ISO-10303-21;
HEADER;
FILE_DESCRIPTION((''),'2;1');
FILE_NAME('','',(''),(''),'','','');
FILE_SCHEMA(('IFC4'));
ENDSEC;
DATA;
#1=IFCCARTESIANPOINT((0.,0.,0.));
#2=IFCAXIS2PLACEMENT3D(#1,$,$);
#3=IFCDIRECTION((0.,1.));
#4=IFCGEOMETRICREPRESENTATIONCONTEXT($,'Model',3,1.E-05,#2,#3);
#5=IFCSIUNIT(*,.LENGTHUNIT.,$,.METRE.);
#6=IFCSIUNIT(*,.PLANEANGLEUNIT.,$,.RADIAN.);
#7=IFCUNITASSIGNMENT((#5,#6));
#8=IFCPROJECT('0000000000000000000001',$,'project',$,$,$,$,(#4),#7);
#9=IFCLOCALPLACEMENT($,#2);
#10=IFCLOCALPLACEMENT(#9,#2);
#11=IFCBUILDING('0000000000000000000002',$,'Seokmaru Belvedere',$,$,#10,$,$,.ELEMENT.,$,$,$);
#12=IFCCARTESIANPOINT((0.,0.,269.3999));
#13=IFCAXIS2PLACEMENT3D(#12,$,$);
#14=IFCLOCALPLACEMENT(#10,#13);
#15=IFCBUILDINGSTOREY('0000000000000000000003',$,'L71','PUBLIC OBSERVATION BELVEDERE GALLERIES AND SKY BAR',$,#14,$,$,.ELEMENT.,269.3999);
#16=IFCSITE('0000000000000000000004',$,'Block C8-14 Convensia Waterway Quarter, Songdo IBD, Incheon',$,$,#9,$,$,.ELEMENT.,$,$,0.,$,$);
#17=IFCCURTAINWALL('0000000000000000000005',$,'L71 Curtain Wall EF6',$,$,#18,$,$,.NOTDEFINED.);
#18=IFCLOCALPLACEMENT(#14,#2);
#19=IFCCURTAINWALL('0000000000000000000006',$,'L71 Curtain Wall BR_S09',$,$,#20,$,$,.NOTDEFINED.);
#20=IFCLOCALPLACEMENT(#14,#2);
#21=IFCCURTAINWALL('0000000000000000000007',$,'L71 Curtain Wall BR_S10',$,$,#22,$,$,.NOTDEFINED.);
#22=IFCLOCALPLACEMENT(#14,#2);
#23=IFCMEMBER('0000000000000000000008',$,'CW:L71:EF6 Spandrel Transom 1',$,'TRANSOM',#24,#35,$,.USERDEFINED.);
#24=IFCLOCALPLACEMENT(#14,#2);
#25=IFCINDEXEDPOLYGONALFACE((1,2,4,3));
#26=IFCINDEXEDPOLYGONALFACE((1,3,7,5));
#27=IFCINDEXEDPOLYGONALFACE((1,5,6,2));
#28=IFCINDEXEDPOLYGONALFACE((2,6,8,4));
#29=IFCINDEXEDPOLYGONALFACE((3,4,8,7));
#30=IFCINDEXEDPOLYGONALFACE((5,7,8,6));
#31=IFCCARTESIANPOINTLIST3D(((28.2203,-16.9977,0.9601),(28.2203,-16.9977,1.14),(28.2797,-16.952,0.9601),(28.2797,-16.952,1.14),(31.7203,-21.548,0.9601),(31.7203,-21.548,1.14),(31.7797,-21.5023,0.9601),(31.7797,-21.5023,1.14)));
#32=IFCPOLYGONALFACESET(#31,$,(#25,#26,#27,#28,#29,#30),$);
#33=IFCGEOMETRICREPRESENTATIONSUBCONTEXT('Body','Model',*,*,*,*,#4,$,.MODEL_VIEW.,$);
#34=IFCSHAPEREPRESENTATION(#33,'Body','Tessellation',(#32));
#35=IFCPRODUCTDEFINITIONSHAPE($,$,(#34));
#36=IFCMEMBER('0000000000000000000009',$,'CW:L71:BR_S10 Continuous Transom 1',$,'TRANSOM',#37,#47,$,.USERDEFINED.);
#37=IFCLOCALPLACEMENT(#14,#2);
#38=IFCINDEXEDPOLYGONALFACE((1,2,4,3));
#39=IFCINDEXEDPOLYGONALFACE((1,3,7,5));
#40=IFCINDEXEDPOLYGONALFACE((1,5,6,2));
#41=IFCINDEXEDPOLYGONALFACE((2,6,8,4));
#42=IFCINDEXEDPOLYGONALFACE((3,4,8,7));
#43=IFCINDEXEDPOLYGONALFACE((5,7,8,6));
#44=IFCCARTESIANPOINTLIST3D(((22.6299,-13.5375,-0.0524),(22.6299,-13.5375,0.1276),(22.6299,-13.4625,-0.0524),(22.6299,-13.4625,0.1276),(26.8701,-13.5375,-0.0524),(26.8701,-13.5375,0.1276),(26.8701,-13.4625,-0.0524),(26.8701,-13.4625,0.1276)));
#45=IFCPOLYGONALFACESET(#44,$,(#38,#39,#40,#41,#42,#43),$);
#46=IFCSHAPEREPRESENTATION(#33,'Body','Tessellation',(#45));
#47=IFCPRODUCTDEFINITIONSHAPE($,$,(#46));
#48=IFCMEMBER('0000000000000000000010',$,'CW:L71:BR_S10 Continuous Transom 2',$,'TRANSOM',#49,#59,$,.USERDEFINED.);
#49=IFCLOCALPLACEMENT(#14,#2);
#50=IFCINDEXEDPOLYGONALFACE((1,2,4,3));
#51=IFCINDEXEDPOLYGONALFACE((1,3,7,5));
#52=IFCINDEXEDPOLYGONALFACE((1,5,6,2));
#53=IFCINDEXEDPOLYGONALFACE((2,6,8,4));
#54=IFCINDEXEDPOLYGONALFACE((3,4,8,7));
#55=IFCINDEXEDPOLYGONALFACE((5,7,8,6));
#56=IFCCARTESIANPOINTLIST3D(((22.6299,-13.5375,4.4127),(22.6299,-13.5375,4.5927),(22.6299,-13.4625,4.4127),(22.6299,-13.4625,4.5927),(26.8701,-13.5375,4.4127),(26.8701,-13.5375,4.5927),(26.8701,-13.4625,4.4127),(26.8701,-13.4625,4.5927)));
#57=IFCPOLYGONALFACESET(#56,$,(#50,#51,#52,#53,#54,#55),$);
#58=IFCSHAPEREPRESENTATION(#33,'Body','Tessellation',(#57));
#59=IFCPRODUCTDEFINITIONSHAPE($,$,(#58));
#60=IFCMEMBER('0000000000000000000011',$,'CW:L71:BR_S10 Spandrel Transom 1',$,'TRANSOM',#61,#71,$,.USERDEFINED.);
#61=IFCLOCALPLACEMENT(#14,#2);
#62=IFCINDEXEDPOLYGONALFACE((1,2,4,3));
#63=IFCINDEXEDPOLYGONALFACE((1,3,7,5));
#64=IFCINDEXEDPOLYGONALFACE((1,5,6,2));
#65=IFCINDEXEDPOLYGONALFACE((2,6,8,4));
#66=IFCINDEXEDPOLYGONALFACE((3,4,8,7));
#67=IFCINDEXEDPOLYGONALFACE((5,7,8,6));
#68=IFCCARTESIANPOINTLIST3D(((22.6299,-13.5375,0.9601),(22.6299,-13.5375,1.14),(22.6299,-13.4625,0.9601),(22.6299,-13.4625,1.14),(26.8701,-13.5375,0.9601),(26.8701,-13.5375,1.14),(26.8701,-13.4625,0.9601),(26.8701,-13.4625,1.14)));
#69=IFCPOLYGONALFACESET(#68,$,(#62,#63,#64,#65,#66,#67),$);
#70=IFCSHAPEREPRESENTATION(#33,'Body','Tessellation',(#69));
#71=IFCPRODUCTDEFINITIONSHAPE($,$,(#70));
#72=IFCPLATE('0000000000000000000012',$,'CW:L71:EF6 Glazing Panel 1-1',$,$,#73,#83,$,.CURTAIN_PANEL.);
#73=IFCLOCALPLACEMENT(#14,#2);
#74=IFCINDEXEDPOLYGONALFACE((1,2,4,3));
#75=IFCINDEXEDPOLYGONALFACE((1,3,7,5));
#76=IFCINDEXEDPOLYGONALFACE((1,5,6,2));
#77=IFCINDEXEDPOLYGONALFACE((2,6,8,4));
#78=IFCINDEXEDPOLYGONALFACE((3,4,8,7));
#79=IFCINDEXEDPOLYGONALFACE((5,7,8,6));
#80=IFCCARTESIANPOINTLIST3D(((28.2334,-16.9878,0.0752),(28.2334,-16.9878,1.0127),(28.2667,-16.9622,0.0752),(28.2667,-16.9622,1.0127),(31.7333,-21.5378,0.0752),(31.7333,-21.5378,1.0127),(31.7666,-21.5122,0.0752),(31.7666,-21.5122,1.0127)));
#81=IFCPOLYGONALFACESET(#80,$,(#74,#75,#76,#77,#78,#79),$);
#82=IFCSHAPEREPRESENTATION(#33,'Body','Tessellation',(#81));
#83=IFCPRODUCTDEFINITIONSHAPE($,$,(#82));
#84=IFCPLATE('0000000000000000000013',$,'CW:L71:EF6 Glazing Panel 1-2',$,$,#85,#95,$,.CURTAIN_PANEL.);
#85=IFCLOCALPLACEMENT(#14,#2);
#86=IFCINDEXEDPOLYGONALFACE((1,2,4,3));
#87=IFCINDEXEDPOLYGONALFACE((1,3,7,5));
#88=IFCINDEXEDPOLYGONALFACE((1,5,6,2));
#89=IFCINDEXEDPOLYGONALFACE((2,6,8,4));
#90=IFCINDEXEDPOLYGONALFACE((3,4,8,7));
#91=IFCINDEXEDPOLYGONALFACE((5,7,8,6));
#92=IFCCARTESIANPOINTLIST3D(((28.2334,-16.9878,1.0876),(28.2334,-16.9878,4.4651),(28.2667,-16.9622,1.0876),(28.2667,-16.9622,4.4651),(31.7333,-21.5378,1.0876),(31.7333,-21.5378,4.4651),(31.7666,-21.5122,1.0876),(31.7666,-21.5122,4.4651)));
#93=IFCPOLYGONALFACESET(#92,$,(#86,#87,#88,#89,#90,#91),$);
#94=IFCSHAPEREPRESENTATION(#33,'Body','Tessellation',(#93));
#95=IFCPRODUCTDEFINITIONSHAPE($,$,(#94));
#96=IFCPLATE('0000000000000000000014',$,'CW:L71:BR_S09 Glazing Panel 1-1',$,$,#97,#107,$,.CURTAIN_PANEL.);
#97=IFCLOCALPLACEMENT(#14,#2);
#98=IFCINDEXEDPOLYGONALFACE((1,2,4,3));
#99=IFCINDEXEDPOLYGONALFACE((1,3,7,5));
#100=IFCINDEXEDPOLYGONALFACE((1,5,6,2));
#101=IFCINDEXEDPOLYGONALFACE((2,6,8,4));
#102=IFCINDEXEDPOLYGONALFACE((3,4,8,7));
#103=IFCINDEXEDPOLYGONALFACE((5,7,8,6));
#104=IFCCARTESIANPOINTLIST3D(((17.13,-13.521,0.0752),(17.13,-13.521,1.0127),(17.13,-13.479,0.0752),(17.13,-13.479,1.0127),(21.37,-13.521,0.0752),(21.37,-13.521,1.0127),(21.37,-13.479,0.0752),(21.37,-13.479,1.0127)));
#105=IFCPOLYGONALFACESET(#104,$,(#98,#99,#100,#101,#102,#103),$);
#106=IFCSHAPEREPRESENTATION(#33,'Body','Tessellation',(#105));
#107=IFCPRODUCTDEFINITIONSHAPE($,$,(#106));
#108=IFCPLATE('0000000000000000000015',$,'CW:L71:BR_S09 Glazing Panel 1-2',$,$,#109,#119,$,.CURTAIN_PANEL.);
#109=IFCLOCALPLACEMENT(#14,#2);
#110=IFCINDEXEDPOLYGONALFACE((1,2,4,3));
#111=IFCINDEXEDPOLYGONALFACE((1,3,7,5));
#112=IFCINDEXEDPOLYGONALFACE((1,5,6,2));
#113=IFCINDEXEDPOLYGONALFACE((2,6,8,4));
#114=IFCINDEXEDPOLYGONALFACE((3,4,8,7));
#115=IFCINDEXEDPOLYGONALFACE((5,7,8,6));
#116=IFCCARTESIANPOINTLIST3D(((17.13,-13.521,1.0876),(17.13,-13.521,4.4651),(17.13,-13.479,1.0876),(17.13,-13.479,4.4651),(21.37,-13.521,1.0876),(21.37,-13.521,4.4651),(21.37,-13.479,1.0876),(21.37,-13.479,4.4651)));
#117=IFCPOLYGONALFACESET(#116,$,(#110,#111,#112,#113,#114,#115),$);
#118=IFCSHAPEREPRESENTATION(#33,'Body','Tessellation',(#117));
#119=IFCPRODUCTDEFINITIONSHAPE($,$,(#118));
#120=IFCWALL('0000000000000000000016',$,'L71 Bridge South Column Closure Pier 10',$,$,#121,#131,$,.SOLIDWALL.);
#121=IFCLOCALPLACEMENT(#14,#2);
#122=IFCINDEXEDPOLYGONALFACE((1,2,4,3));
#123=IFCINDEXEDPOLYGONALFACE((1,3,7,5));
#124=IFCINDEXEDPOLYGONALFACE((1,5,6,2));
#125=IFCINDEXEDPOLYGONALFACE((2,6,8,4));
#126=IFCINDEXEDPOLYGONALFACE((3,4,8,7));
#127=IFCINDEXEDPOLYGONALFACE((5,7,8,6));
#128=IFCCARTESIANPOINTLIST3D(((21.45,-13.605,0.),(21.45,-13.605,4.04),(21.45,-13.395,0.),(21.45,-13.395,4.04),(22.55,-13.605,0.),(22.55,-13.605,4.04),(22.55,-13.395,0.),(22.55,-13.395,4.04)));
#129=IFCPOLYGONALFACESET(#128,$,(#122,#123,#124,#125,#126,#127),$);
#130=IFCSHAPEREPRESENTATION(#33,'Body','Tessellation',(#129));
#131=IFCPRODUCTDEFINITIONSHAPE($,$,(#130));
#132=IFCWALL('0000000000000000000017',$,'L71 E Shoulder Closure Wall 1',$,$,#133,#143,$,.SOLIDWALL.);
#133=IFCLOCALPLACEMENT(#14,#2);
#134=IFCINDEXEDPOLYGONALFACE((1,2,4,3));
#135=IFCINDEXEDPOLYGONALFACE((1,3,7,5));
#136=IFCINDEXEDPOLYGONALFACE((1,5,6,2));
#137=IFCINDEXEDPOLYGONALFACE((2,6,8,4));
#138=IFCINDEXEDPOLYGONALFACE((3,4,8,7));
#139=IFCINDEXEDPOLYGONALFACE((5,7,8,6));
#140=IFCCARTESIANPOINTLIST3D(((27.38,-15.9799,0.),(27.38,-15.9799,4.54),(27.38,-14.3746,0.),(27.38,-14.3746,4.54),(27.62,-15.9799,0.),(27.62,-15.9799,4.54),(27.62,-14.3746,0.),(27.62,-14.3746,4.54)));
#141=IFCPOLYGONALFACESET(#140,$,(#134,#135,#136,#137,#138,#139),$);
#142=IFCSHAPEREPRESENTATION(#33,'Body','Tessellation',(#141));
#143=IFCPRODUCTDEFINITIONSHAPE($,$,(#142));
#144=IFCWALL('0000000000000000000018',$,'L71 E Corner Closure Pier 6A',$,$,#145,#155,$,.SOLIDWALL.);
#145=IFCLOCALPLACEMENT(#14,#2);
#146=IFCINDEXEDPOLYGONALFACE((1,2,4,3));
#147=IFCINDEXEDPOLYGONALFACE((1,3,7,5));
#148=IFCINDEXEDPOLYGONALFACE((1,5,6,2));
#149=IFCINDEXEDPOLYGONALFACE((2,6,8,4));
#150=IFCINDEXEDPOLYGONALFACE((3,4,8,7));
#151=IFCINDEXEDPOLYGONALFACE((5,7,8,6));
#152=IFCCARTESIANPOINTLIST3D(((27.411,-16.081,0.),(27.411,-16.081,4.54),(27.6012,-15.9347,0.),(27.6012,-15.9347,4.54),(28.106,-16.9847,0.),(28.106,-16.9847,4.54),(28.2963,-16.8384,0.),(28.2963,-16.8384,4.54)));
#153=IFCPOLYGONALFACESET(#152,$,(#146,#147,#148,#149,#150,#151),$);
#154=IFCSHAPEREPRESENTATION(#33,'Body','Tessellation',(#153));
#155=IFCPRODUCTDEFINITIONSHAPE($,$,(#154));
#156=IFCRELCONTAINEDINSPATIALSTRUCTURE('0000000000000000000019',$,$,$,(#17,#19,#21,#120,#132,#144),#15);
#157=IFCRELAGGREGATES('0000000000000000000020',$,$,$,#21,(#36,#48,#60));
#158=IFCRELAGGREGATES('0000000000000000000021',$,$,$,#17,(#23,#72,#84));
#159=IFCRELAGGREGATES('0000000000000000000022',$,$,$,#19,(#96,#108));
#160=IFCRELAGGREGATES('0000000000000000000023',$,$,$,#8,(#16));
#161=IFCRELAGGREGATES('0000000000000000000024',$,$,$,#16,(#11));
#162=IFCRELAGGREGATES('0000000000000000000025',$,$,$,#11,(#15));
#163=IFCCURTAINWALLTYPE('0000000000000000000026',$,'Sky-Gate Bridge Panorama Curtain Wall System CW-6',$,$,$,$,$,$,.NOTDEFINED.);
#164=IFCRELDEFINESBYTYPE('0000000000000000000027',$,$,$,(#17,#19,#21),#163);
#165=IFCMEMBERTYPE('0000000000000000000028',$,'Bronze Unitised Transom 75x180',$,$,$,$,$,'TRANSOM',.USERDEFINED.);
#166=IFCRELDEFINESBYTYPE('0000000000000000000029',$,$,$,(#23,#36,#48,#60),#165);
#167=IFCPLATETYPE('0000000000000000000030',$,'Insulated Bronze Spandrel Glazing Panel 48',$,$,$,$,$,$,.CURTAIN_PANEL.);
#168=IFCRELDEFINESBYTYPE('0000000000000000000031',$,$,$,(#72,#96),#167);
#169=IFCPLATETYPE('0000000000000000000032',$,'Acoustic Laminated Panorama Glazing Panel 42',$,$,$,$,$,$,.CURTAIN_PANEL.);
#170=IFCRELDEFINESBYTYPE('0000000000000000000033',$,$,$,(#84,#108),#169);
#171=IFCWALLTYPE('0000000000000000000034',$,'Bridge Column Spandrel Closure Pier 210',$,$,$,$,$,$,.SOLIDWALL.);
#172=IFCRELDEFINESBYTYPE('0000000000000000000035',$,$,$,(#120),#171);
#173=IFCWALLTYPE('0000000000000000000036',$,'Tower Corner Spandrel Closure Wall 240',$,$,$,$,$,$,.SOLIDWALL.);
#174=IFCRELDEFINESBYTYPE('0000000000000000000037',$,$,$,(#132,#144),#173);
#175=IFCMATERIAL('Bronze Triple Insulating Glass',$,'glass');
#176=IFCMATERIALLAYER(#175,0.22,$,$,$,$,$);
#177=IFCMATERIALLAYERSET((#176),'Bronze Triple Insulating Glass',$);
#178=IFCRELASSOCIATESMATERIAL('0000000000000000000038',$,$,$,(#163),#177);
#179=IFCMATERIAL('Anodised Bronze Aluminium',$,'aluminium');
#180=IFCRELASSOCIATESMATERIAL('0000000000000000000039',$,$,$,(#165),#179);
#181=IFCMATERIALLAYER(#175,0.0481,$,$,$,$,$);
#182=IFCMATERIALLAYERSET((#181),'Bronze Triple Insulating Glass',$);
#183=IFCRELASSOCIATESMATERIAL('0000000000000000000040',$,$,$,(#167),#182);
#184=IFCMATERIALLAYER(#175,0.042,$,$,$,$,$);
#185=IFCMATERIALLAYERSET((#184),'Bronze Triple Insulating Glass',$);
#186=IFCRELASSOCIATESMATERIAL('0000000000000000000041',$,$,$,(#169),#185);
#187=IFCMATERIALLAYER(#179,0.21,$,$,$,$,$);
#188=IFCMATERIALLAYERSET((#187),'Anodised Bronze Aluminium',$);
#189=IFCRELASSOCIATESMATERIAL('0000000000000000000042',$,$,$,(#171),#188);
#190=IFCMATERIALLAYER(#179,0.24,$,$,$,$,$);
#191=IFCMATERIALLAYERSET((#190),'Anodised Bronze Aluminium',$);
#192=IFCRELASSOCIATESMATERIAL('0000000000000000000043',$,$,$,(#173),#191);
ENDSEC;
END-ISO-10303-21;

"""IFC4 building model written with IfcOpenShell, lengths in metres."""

from ifc_helpers import new_model, si_unit, direction, frame, frame_2d, origin, origin_2d, place, context, subcontext, project, spatial, rectangle, extrude, source, transform, mapped, material, layer, layer_set, material_profile, profile_set, type_object, type_shapes, element, aggregate, save


model = new_model("IFC4")

# Units and contexts
model_context = context("Model", 3, precision=1e-05, world=origin(), true_north=direction((0.0, 1.0)))
body_context = subcontext(model_context, "Body", "Model", "MODEL_VIEW")
ifc_project = project(units=[si_unit("LENGTHUNIT", "METRE"), si_unit("PLANEANGLEUNIT", "RADIAN")], contexts=[model_context])

# Site, building, storey
site_placement = place(None, origin())
site = spatial("IfcSite", under=ifc_project, at=site_placement, Name="Block C8-14 Convensia Waterway Quarter, Songdo IBD, Incheon", CompositionType="ELEMENT", RefElevation=0.0)
building_placement = place(site_placement, origin())
building = spatial("IfcBuilding", under=site, at=building_placement, Name="Seokmaru Belvedere", CompositionType="ELEMENT")
storey_placement = place(building_placement, frame((0.0, 0.0, 269.3999)))
storey = spatial("IfcBuildingStorey", under=building, at=storey_placement, Name="L71", Description="PUBLIC OBSERVATION BELVEDERE GALLERIES AND SKY BAR", CompositionType="ELEMENT", Elevation=269.3999)

# Curtain walls
ifc_material_1 = material(Name="Bronze Triple Insulating Glass", Category="glass")
ifc_layer_1 = layer(ifc_material_1, 0.22)
ifc_layer_set_1 = layer_set([ifc_layer_1], Name="Bronze Triple Insulating Glass")
curtain_wall_type = type_object("IfcCurtainWallType", Name="Sky-Gate Bridge Panorama Curtain Wall System CW-6", PredefinedType="NOTDEFINED", material=ifc_layer_set_1)
curtain_wall_1_placement = place(storey_placement, origin())
curtain_wall_1 = element("IfcCurtainWall", 1, at=curtain_wall_1_placement, inside=storey, type_object=curtain_wall_type, Name="L71 Curtain Wall EF6", PredefinedType="NOTDEFINED")
ifc_material_2 = material(Name="Anodised Bronze Aluminium", Category="aluminium")
curtain_wall_2_placement = place(storey_placement, origin())
curtain_wall_2 = element("IfcCurtainWall", 2, at=curtain_wall_2_placement, inside=storey, type_object=curtain_wall_type, Name="L71 Curtain Wall BR_S09", PredefinedType="NOTDEFINED")
curtain_wall_3_placement = place(storey_placement, origin())
curtain_wall_3 = element("IfcCurtainWall", 3, at=curtain_wall_3_placement, inside=storey, type_object=curtain_wall_type, Name="L71 Curtain Wall BR_S10", PredefinedType="NOTDEFINED")

# Members
ifc_material_profile_1 = material_profile(ifc_material_2, rectangle(XDim=0.075, YDim=0.1799, at=origin_2d()), Name="CW-T-75x180")
ifc_profile_set_1 = profile_set([ifc_material_profile_1], Name="Anodised Bronze Aluminium")
member_type_1 = type_object("IfcMemberType", Name="Bronze Unitised Transom 75x180", ElementType="TRANSOM", PredefinedType="USERDEFINED", material=ifc_profile_set_1)
shared_shape_1 = source(origin(), body_context, "Body", "SweptSolid", [
    extrude(rectangle(XDim=0.075, YDim=0.1799, at=origin_2d()), origin(), (0.0, 0.0, 1.0), 5.7407),
])
member_1_placement = place(storey_placement, frame((28.25, -16.9749, 1.05), z_axis=(0.609686, -0.792643, 0.0), x_axis=(0.792643, 0.609686, 0.0)))
member_1 = element("IfcMember", 4, at=member_1_placement, type_object=member_type_1, Name="CW:L71:EF6 Spandrel Transom 1", ObjectType="TRANSOM", PredefinedType="USERDEFINED", context=body_context, shape_type="MappedRepresentation", body=[
    mapped(shared_shape_1, transform((0.0, 0.0, 0.0), scale=1.0)),
])
shared_shape_2 = source(origin(), body_context, "Body", "SweptSolid", [
    extrude(rectangle(XDim=0.075, YDim=0.1799, at=origin_2d()), origin(), (0.0, 0.0, 1.0), 4.2402),
])
type_shapes(member_type_1, [shared_shape_1, shared_shape_2])
member_2_placement = place(storey_placement, frame((22.6299, -13.5, 0.0376), z_axis=(1.0, 0.0, 0.0), x_axis=(0.0, 1.0, 0.0)))
member_2 = element("IfcMember", 5, at=member_2_placement, type_object=member_type_1, Name="CW:L71:BR_S10 Continuous Transom 1", ObjectType="TRANSOM", PredefinedType="USERDEFINED", context=body_context, shape_type="MappedRepresentation", body=[
    mapped(shared_shape_2, transform((0.0, 0.0, 0.0), scale=1.0)),
])
member_3_placement = place(storey_placement, frame((22.6299, -13.5, 4.5027), z_axis=(1.0, 0.0, 0.0), x_axis=(0.0, 1.0, 0.0)))
member_3 = element("IfcMember", 6, at=member_3_placement, type_object=member_type_1, Name="CW:L71:BR_S10 Continuous Transom 2", ObjectType="TRANSOM", PredefinedType="USERDEFINED", context=body_context, shape_type="MappedRepresentation", body=[
    mapped(shared_shape_2, transform((0.0, 0.0, 0.0), scale=1.0)),
])
member_4_placement = place(storey_placement, frame((22.6299, -13.5, 1.05), z_axis=(1.0, 0.0, 0.0), x_axis=(0.0, 1.0, 0.0)))
member_4 = element("IfcMember", 7, at=member_4_placement, type_object=member_type_1, Name="CW:L71:BR_S10 Spandrel Transom 1", ObjectType="TRANSOM", PredefinedType="USERDEFINED", context=body_context, shape_type="MappedRepresentation", body=[
    mapped(shared_shape_2, transform((0.0, 0.0, 0.0), scale=1.0)),
])
aggregate(curtain_wall_3, [member_2, member_3, member_4])

# Plates
ifc_layer_2 = layer(ifc_material_1, 0.0481)
ifc_layer_set_2 = layer_set([ifc_layer_2], Name="Bronze Triple Insulating Glass")
plate_type_1 = type_object("IfcPlateType", Name="Insulated Bronze Spandrel Glazing Panel 48", PredefinedType="CURTAIN_PANEL", material=ifc_layer_set_2)
shared_shape_3 = source(origin(), body_context, "Body", "SweptSolid", [
    extrude(rectangle(XDim=5.7405, YDim=0.042, at=origin_2d()), origin(), (0.0, 0.0, 1.0), 0.9375),
])
plate_1_placement = place(storey_placement, frame((30.0, -19.25, 0.0752), z_axis=(0.0, 0.0, 1.0), x_axis=(0.609701, -0.792631, 0.0)))
plate_1 = element("IfcPlate", 8, at=plate_1_placement, type_object=plate_type_1, Name="CW:L71:EF6 Glazing Panel 1-1", PredefinedType="CURTAIN_PANEL", context=body_context, shape_type="MappedRepresentation", body=[
    mapped(shared_shape_3, transform((0.0, 0.0, 0.0), scale=1.0)),
])
ifc_layer_3 = layer(ifc_material_1, 0.042)
ifc_layer_set_3 = layer_set([ifc_layer_3], Name="Bronze Triple Insulating Glass")
plate_type_2 = type_object("IfcPlateType", Name="Acoustic Laminated Panorama Glazing Panel 42", PredefinedType="CURTAIN_PANEL", material=ifc_layer_set_3)
shared_shape_4 = source(origin(), body_context, "Body", "SweptSolid", [
    extrude(rectangle(XDim=5.7405, YDim=0.042, at=origin_2d()), origin(), (0.0, 0.0, 1.0), 3.3774),
])
plate_2_placement = place(storey_placement, frame((30.0, -19.25, 1.0876), z_axis=(0.0, 0.0, 1.0), x_axis=(0.609701, -0.792631, 0.0)))
plate_2 = element("IfcPlate", 9, at=plate_2_placement, type_object=plate_type_2, Name="CW:L71:EF6 Glazing Panel 1-2", PredefinedType="CURTAIN_PANEL", context=body_context, shape_type="MappedRepresentation", body=[
    mapped(shared_shape_4, transform((0.0, 0.0, 0.0), scale=1.0)),
])
aggregate(curtain_wall_1, [member_1, plate_1, plate_2])
shared_shape_5 = source(origin(), body_context, "Body", "SweptSolid", [
    extrude(rectangle(XDim=4.24, YDim=0.042, at=origin_2d()), origin(), (0.0, 0.0, 1.0), 0.9375),
])
type_shapes(plate_type_1, [shared_shape_3, shared_shape_5])
plate_3_placement = place(storey_placement, frame((19.25, -13.5, 0.0752), z_axis=(0.0, 0.0, 1.0), x_axis=(1.0, 0.0, 0.0)))
plate_3 = element("IfcPlate", 10, at=plate_3_placement, type_object=plate_type_1, Name="CW:L71:BR_S09 Glazing Panel 1-1", PredefinedType="CURTAIN_PANEL", context=body_context, shape_type="MappedRepresentation", body=[
    mapped(shared_shape_5, transform((0.0, 0.0, 0.0), scale=1.0)),
])
shared_shape_6 = source(origin(), body_context, "Body", "SweptSolid", [
    extrude(rectangle(XDim=4.24, YDim=0.042, at=origin_2d()), origin(), (0.0, 0.0, 1.0), 3.3774),
])
type_shapes(plate_type_2, [shared_shape_4, shared_shape_6])
plate_4_placement = place(storey_placement, frame((19.25, -13.5, 1.0876), z_axis=(0.0, 0.0, 1.0), x_axis=(1.0, 0.0, 0.0)))
plate_4 = element("IfcPlate", 11, at=plate_4_placement, type_object=plate_type_2, Name="CW:L71:BR_S09 Glazing Panel 1-2", PredefinedType="CURTAIN_PANEL", context=body_context, shape_type="MappedRepresentation", body=[
    mapped(shared_shape_6, transform((0.0, 0.0, 0.0), scale=1.0)),
])
aggregate(curtain_wall_2, [plate_3, plate_4])

# Walls
ifc_layer_4 = layer(ifc_material_2, 0.21)
ifc_layer_set_4 = layer_set([ifc_layer_4], Name="Anodised Bronze Aluminium")
wall_type_1 = type_object("IfcWallType", Name="Bridge Column Spandrel Closure Pier 210", PredefinedType="SOLIDWALL", material=ifc_layer_set_4)
wall_1_placement = place(storey_placement, frame((21.45, -13.5, 0.0), z_axis=(0.0, 0.0, 1.0), x_axis=(1.0, 0.0, 0.0)))
element("IfcWall", 12, at=wall_1_placement, inside=storey, type_object=wall_type_1, Name="L71 Bridge South Column Closure Pier 10", PredefinedType="SOLIDWALL", context=body_context, shape_type="SweptSolid", body=[
    extrude(rectangle(XDim=1.1001, YDim=0.21, at=frame_2d((0.55, 0.0))), origin(), (0.0, 0.0, 1.0), 4.04),
])
ifc_layer_5 = layer(ifc_material_2, 0.24)
ifc_layer_set_5 = layer_set([ifc_layer_5], Name="Anodised Bronze Aluminium")
wall_type_2 = type_object("IfcWallType", Name="Tower Corner Spandrel Closure Wall 240", PredefinedType="SOLIDWALL", material=ifc_layer_set_5)
wall_2_placement = place(storey_placement, frame((27.5, -15.98, 0.0), z_axis=(0.0, 0.0, 1.0), x_axis=(0.0, 1.0, 0.0)))
element("IfcWall", 13, at=wall_2_placement, inside=storey, type_object=wall_type_2, Name="L71 E Shoulder Closure Wall 1", PredefinedType="SOLIDWALL", context=body_context, shape_type="SweptSolid", body=[
    extrude(rectangle(XDim=1.6052, YDim=0.24, at=frame_2d((0.8027, 0.0))), origin(), (0.0, 0.0, 1.0), 4.54),
])
wall_3_placement = place(storey_placement, frame((27.5061, -16.0078, 0.0), z_axis=(0.0, 0.0, 1.0), x_axis=(0.609618, -0.792696, 0.0)))
element("IfcWall", 14, at=wall_3_placement, inside=storey, type_object=wall_type_2, Name="L71 E Corner Closure Pier 6A", PredefinedType="SOLIDWALL", context=body_context, shape_type="SweptSolid", body=[
    extrude(rectangle(XDim=1.1401, YDim=0.24, at=frame_2d((0.5701, 0.0))), origin(), (0.0, 0.0, 1.0), 4.54),
])

save(model, "model.ifc")
